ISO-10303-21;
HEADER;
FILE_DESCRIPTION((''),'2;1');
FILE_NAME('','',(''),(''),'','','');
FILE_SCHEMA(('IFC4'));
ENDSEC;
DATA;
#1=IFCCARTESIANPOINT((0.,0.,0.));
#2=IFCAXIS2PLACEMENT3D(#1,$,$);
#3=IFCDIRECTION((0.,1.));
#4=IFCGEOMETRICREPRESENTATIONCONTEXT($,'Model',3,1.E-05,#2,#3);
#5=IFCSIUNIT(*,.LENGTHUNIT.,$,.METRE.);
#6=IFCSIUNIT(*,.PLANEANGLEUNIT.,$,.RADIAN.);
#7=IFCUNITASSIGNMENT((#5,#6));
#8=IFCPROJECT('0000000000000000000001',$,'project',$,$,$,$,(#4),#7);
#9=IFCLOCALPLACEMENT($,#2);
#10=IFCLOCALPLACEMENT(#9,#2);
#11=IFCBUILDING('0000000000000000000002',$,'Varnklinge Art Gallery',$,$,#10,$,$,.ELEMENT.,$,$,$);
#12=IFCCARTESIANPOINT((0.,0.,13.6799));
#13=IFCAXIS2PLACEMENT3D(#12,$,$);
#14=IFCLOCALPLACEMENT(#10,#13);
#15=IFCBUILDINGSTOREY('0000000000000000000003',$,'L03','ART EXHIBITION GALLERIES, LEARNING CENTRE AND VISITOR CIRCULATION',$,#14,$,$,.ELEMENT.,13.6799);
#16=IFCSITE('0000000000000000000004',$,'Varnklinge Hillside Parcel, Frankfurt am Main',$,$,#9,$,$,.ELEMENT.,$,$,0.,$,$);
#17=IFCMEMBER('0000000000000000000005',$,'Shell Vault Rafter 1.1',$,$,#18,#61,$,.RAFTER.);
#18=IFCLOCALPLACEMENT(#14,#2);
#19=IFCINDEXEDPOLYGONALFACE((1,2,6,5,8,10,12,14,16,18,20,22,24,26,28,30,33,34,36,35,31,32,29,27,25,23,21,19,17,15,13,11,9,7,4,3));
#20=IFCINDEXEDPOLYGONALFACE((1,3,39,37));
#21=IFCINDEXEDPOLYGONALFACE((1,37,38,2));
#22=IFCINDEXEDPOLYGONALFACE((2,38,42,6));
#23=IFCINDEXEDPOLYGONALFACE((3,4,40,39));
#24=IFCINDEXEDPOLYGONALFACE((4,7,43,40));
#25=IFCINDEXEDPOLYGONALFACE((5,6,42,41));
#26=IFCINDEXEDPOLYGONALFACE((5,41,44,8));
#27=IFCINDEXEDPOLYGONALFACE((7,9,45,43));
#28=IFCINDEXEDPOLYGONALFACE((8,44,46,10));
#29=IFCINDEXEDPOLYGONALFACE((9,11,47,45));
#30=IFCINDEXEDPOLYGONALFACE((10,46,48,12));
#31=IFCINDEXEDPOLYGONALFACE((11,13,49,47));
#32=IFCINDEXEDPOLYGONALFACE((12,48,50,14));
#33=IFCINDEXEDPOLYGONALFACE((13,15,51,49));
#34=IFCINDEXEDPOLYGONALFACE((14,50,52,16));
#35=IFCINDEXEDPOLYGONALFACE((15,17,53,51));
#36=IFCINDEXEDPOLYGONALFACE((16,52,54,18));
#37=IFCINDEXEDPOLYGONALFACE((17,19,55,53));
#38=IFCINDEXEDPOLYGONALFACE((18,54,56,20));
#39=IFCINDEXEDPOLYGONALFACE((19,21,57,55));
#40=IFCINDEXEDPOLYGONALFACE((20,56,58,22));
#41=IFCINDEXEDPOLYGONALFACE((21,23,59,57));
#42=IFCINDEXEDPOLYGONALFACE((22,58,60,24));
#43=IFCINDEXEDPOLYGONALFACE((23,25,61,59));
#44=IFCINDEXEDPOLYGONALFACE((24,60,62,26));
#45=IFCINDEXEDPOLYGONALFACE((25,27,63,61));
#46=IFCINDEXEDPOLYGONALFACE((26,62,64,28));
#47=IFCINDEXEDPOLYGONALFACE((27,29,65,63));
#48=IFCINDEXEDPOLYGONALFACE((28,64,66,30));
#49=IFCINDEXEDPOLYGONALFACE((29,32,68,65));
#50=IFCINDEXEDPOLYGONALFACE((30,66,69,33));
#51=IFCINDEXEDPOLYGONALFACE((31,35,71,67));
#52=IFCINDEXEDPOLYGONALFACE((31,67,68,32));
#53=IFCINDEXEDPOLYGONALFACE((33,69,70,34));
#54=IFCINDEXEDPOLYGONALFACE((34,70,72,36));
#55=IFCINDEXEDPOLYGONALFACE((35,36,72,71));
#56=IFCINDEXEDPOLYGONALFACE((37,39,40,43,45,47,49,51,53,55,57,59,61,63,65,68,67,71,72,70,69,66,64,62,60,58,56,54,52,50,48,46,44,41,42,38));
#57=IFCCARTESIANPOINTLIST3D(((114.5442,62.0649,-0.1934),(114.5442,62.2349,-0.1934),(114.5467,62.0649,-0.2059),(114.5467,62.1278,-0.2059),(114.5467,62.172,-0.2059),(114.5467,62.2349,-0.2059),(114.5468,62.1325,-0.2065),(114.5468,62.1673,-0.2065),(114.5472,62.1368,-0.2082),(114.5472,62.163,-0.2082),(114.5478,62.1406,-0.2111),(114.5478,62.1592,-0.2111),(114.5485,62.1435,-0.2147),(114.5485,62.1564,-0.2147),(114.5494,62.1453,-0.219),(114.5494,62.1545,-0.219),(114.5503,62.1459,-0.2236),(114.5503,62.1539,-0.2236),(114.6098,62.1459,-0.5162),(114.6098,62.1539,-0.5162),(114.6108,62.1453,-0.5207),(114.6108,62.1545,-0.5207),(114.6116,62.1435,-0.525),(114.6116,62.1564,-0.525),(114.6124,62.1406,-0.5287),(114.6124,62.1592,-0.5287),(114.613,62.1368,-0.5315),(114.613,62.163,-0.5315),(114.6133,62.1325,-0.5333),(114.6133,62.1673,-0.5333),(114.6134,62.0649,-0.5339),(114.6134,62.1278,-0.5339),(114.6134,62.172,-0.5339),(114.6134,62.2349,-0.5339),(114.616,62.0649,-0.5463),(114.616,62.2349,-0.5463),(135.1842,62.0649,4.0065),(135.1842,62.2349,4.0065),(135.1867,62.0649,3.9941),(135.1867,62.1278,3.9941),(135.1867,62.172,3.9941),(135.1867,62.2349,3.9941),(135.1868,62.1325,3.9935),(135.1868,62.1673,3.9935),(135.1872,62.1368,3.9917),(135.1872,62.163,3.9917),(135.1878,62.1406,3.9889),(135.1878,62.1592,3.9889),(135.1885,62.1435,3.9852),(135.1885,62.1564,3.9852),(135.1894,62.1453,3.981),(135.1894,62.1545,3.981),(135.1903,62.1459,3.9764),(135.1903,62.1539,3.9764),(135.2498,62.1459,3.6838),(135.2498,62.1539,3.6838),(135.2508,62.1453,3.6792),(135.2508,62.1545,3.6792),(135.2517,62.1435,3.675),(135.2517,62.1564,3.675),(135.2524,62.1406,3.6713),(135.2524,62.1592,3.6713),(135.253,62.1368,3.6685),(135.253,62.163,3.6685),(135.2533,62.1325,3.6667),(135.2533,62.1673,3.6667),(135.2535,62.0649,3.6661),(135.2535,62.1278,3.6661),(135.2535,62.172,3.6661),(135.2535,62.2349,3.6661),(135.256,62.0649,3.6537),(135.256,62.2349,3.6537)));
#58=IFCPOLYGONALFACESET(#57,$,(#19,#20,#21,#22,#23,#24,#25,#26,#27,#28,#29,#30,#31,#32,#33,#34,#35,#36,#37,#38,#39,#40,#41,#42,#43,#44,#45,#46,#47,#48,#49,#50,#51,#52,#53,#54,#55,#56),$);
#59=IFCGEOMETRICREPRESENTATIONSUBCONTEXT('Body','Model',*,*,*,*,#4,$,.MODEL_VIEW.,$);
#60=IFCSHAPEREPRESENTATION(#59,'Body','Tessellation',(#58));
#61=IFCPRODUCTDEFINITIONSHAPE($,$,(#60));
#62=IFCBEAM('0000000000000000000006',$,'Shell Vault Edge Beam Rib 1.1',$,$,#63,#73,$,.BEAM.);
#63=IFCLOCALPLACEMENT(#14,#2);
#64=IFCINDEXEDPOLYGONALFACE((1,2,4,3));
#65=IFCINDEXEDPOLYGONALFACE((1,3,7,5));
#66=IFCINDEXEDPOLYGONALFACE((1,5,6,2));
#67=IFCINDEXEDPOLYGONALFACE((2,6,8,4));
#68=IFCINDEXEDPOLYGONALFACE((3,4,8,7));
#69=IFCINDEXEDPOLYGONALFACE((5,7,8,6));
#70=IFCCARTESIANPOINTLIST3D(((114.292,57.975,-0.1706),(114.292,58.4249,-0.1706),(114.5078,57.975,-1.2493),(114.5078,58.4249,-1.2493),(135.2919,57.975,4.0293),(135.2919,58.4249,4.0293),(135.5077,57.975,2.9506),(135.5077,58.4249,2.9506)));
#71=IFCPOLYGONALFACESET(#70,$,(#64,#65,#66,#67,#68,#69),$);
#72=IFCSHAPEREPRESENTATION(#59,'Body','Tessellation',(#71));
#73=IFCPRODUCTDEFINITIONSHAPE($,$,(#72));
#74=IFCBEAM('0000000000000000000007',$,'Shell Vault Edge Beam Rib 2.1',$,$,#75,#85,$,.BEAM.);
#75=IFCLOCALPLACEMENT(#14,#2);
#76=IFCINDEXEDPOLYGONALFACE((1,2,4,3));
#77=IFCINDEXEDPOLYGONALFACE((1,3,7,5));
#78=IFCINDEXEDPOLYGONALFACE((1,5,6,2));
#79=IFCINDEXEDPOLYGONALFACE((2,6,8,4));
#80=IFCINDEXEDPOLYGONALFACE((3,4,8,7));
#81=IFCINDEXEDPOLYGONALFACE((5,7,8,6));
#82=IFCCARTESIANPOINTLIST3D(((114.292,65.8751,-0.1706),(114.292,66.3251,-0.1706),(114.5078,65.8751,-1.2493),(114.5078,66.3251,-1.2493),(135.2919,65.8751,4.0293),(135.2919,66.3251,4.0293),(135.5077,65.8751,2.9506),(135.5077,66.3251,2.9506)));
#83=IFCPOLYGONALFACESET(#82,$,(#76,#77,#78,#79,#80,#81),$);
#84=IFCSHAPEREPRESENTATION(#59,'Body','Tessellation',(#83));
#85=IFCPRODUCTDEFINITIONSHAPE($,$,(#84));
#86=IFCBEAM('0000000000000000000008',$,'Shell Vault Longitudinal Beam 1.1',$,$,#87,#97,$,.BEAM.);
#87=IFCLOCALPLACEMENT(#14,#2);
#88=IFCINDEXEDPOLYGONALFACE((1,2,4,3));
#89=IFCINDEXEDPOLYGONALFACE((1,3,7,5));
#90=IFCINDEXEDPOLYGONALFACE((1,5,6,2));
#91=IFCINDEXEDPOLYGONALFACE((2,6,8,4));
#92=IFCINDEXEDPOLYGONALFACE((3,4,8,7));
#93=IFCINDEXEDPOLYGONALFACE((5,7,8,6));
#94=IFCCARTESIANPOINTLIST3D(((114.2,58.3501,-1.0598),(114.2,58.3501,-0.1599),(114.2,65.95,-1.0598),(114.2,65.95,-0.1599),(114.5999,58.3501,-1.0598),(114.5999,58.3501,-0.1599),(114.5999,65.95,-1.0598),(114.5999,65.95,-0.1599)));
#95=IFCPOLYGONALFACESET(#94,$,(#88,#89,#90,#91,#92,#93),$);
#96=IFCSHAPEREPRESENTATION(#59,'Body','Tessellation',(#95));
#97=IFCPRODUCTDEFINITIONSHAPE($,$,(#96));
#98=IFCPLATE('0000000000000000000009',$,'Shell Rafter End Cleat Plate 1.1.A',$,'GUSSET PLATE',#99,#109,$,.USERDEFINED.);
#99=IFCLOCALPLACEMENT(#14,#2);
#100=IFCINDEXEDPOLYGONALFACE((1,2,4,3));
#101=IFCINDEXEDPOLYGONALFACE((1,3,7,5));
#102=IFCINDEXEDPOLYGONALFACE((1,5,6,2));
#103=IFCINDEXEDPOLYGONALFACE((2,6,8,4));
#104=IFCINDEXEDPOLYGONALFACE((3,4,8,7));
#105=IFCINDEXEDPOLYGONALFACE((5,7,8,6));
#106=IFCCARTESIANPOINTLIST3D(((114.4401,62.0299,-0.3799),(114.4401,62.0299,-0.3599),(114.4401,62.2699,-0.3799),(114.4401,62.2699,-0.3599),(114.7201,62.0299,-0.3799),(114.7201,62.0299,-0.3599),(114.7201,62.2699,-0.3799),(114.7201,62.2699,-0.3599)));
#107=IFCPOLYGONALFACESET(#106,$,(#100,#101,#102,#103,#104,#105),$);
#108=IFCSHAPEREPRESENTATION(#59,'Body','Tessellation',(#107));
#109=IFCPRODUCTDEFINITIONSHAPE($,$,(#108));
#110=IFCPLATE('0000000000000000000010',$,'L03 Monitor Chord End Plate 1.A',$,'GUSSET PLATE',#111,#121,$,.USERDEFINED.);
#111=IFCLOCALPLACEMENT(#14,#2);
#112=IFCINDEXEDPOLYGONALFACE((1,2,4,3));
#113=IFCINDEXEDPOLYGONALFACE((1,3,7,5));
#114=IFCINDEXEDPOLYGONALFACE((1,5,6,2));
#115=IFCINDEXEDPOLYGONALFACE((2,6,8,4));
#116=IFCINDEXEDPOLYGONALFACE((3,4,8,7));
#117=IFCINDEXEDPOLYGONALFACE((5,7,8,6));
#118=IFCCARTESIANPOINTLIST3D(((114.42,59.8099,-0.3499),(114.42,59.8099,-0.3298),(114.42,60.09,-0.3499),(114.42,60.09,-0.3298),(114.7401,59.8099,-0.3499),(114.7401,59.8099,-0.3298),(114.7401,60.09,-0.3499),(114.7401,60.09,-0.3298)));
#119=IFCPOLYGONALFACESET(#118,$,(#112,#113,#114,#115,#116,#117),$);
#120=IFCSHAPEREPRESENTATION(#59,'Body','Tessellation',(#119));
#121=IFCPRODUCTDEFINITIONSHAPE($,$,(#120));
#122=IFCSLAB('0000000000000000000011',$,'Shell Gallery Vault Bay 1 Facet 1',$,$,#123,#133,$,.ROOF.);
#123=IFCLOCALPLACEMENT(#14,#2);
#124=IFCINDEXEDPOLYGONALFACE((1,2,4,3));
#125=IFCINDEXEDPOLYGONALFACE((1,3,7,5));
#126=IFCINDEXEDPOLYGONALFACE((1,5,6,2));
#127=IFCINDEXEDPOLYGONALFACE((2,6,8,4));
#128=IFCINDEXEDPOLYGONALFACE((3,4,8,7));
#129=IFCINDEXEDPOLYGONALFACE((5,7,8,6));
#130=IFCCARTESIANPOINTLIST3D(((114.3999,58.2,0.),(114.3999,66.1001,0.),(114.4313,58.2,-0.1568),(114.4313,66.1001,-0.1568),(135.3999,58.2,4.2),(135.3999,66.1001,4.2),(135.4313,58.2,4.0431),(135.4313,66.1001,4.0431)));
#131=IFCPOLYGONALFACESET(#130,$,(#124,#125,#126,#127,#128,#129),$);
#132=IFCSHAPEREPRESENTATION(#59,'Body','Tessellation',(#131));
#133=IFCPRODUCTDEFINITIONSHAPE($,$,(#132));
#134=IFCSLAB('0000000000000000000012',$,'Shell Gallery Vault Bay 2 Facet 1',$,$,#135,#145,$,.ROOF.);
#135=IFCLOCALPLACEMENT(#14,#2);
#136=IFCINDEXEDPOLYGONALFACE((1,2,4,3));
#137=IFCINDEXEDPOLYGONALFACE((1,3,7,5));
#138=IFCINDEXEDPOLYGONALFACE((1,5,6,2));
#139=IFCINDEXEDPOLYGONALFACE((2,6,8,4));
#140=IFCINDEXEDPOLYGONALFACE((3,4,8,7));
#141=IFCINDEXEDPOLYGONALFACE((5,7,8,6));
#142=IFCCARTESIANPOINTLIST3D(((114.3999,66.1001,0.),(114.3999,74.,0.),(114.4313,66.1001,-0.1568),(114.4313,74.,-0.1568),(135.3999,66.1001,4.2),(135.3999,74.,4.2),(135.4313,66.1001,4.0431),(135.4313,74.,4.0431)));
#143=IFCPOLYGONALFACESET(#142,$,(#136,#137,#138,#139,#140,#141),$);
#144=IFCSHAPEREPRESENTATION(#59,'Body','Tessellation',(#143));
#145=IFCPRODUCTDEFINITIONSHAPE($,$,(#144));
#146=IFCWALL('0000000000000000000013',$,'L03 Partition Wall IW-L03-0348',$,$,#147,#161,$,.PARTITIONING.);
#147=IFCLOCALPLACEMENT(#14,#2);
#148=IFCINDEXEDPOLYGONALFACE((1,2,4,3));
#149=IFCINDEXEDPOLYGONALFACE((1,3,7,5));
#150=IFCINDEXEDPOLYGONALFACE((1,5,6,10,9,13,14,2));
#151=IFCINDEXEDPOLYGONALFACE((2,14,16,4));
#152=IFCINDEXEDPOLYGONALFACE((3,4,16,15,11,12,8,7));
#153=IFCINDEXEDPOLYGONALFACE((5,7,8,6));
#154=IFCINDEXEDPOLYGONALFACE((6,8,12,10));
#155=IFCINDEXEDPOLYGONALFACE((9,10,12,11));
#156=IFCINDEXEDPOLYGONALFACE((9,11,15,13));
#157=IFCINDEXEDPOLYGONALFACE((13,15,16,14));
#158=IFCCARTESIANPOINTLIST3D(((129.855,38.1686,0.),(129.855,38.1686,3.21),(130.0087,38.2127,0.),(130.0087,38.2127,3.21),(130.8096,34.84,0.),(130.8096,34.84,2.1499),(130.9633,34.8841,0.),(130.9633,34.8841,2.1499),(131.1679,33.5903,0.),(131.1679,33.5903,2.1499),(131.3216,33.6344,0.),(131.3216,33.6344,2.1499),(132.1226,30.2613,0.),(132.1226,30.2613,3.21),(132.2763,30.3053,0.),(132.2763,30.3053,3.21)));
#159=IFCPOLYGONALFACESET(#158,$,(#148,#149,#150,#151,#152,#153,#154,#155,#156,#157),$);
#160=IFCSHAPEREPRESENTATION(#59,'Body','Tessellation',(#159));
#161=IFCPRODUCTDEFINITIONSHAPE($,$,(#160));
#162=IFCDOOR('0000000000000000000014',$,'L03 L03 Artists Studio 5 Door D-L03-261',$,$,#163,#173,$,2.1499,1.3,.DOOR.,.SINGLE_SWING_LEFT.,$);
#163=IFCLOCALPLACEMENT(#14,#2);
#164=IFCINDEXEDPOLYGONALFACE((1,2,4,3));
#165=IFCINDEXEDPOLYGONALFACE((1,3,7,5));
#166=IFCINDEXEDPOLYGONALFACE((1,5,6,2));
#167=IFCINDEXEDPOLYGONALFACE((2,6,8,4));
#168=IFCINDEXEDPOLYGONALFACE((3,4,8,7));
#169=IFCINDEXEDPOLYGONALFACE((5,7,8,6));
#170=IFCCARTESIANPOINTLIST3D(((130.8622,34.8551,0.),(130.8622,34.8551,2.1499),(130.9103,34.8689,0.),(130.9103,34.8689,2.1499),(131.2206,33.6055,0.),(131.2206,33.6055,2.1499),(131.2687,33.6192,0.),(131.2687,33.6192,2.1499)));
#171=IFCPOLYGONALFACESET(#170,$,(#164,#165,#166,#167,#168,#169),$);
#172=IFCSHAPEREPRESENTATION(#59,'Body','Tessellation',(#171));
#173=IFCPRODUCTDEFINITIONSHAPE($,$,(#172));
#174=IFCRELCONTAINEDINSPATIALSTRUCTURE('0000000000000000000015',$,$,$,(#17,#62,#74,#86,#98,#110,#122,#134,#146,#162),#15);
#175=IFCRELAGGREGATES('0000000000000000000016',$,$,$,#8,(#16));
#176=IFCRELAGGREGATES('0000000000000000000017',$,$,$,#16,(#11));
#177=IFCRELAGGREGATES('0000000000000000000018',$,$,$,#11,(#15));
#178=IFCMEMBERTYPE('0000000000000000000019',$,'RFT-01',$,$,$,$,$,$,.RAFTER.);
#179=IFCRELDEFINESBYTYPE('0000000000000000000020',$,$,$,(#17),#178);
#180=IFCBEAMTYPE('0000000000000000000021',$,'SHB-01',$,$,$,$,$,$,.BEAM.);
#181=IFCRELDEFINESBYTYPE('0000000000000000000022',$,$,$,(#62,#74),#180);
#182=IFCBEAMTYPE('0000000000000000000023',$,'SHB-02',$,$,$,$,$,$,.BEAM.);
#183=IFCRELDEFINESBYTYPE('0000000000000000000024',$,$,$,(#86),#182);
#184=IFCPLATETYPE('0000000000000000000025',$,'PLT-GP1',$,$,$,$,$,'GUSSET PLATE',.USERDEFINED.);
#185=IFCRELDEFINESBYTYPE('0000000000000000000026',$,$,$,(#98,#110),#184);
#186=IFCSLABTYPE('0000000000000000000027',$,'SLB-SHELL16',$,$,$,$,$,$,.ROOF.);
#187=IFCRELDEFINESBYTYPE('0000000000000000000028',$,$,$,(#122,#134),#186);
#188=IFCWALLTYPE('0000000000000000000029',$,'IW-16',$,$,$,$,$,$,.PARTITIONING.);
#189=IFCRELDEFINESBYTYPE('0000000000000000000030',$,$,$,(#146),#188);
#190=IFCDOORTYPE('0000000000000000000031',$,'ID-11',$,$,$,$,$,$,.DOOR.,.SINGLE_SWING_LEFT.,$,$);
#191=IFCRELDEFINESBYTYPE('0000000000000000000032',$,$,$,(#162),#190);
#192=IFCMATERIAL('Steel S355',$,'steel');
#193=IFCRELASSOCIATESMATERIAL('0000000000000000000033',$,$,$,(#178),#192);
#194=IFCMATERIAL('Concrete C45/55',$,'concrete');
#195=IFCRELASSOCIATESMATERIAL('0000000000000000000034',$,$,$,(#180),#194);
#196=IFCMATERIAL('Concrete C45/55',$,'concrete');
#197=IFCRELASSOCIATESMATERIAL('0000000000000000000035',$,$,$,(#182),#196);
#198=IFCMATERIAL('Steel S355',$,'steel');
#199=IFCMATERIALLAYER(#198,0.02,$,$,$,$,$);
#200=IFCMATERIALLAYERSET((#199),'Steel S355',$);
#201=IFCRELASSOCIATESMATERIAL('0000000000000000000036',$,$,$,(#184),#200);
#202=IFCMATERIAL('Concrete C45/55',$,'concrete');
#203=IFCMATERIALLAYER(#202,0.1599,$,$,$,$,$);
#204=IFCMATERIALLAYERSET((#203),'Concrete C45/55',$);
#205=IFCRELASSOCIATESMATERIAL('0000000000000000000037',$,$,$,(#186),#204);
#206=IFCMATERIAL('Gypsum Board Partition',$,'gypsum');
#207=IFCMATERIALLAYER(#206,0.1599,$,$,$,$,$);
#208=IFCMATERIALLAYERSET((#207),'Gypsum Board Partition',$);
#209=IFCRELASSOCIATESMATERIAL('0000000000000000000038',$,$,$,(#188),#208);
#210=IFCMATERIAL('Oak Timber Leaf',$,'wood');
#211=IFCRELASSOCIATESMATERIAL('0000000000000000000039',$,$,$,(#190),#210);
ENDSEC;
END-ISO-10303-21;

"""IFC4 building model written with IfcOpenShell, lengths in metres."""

from ifc_helpers import new_model, si_unit, direction, frame, frame_2d, origin, origin_2d, place, context, subcontext, project, spatial, polyline, rectangle, i_section, outline, extrude, material, layer, layer_set, material_profile, profile_set, type_object, element, fill, save


model = new_model("IFC4")

# Units and contexts
model_context = context("Model", 3, precision=1e-05, world=origin(), true_north=direction((0.0, 1.0)))
body_context = subcontext(model_context, "Body", "Model", "MODEL_VIEW")
ifc_project = project(units=[si_unit("LENGTHUNIT", "METRE"), si_unit("PLANEANGLEUNIT", "RADIAN")], contexts=[model_context])

# Site, building, storey
site_placement = place(None, origin())
site = spatial("IfcSite", under=ifc_project, at=site_placement, Name="Varnklinge Hillside Parcel, Frankfurt am Main", CompositionType="ELEMENT", RefElevation=0.0)
building_placement = place(site_placement, origin())
building = spatial("IfcBuilding", under=site, at=building_placement, Name="Varnklinge Art Gallery", CompositionType="ELEMENT")
storey_placement = place(building_placement, frame((0.0, 0.0, 13.6799)))
storey = spatial("IfcBuildingStorey", under=building, at=storey_placement, Name="L03", Description="ART EXHIBITION GALLERIES, LEARNING CENTRE AND VISITOR CIRCULATION", CompositionType="ELEMENT", Elevation=13.6799)

# Member
ifc_material_1 = material(Name="Steel S355", Category="steel")
ifc_material_profile_1 = material_profile(ifc_material_1, i_section(OverallWidth=0.1699, OverallDepth=0.3601, WebThickness=0.0081, FlangeThickness=0.0127, FilletRadius=0.0181, at=origin_2d()), Name="IPE 360")
ifc_profile_set_1 = profile_set([ifc_material_profile_1], Name="Steel S355")
member_type_1 = type_object("IfcMemberType", Name="RFT-01", PredefinedType="RAFTER", material=ifc_profile_set_1)
member_1_placement = place(storey_placement, frame((114.5801, 62.1499, -0.3699), z_axis=(0.979918, 0.0, 0.199401), x_axis=(0.0, 1.0, 0.0)))
element("IfcMember", 1, at=member_1_placement, inside=storey, type_object=member_type_1, Name="Shell Vault Rafter 1.1", PredefinedType="RAFTER", context=body_context, shape_type="SweptSolid", body=[
    extrude(i_section(OverallWidth=0.1699, OverallDepth=0.3601, WebThickness=0.0081, FlangeThickness=0.0127, FilletRadius=0.0181, at=origin_2d()), origin(), (0.0, 0.0, 1.0), 21.063),
])

# Beams
ifc_material_2 = material(Name="Concrete C45/55", Category="concrete")
ifc_material_profile_2 = material_profile(ifc_material_2, rectangle(XDim=0.45, YDim=1.1001, at=origin_2d()), Name="RC 450x1100")
ifc_profile_set_2 = profile_set([ifc_material_profile_2], Name="Concrete C45/55")
beam_type_1 = type_object("IfcBeamType", Name="SHB-01", PredefinedType="BEAM", material=ifc_profile_set_2)
for number, where, z_axis, x_axis, name in (
    (2, (114.3999, 58.2, -0.71), (0.980581, 0.0, 0.196114), (0.0, 1.0, 0.0), "Shell Vault Edge Beam Rib 1.1"),
    (3, (114.3999, 66.1001, -0.71), (0.980581, 0.0, 0.196114), (0.0, 1.0, 0.0), "Shell Vault Edge Beam Rib 2.1"),
):
    element("IfcBeam", number, at=place(storey_placement, frame(where, z_axis=z_axis, x_axis=x_axis)), inside=storey, type_object=beam_type_1, Name=name, PredefinedType="BEAM", context=body_context, shape_type="SweptSolid", body=[
        extrude(rectangle(XDim=0.45, YDim=1.1001, at=origin_2d()), origin(), (0.0, 0.0, 1.0), 21.4158),
    ])
ifc_material_3 = material(Name="Concrete C45/55", Category="concrete")
ifc_material_profile_3 = material_profile(ifc_material_3, rectangle(XDim=0.3999, YDim=0.8999, at=origin_2d()), Name="RC 400x900")
ifc_profile_set_3 = profile_set([ifc_material_profile_3], Name="Concrete C45/55")
beam_type_2 = type_object("IfcBeamType", Name="SHB-02", PredefinedType="BEAM", material=ifc_profile_set_3)
beam_1_placement = place(storey_placement, frame((114.3999, 58.3501, -0.6099), z_axis=(0.0, 1.0, 0.0), x_axis=(-1.0, 0.0, 0.0)))
element("IfcBeam", 4, at=beam_1_placement, inside=storey, type_object=beam_type_2, Name="Shell Vault Longitudinal Beam 1.1", PredefinedType="BEAM", context=body_context, shape_type="SweptSolid", body=[
    extrude(rectangle(XDim=0.3999, YDim=0.8999, at=origin_2d()), origin(), (0.0, 0.0, 1.0), 7.5999),
])

# Plates
ifc_material_4 = material(Name="Steel S355", Category="steel")
ifc_layer_1 = layer(ifc_material_4, 0.02)
ifc_layer_set_1 = layer_set([ifc_layer_1], Name="Steel S355")
plate_type = type_object("IfcPlateType", Name="PLT-GP1", ElementType="GUSSET PLATE", PredefinedType="USERDEFINED", material=ifc_layer_set_1)
plate_1_placement = place(storey_placement, frame((114.5801, 62.1499, -0.3799), z_axis=(0.0, 0.0, 1.0), x_axis=(1.0, 0.0, 0.0)))
element("IfcPlate", 5, at=plate_1_placement, inside=storey, type_object=plate_type, Name="Shell Rafter End Cleat Plate 1.1.A", ObjectType="GUSSET PLATE", PredefinedType="USERDEFINED", context=body_context, shape_type="SweptSolid", body=[
    extrude(rectangle(XDim=0.28, YDim=0.24, at=origin_2d()), origin(), (0.0, 0.0, 1.0), 0.02),
])
plate_2_placement = place(storey_placement, frame((114.5801, 59.95, -0.3499), z_axis=(0.0, 0.0, 1.0), x_axis=(1.0, 0.0, 0.0)))
element("IfcPlate", 6, at=plate_2_placement, inside=storey, type_object=plate_type, Name="L03 Monitor Chord End Plate 1.A", ObjectType="GUSSET PLATE", PredefinedType="USERDEFINED", context=body_context, shape_type="SweptSolid", body=[
    extrude(rectangle(XDim=0.3201, YDim=0.28, at=origin_2d()), origin(), (0.0, 0.0, 1.0), 0.02),
])

# Slabs
ifc_material_5 = material(Name="Concrete C45/55", Category="concrete")
ifc_layer_2 = layer(ifc_material_5, 0.1599)
ifc_layer_set_2 = layer_set([ifc_layer_2], Name="Concrete C45/55")
slab_type = type_object("IfcSlabType", Name="SLB-SHELL16", PredefinedType="ROOF", material=ifc_layer_set_2)
slab_1_placement = place(storey_placement, frame((114.3999, 58.2, 0.0), z_axis=(-0.196114, 0.0, 0.980581), x_axis=(0.980581, 0.0, 0.196114)))
element("IfcSlab", 7, at=slab_1_placement, inside=storey, type_object=slab_type, Name="Shell Gallery Vault Bay 1 Facet 1", PredefinedType="ROOF", context=body_context, shape_type="SweptSolid", body=[
    extrude(outline(polyline([(0.0, 0.0), (21.4159, 0.0), (21.4159, 7.9001), (0.0, 7.9001), (0.0, 0.0)])), origin(), (0.0, 0.0, -1.0), 0.1599),
])
slab_2_placement = place(storey_placement, frame((114.3999, 66.1001, 0.0), z_axis=(-0.196114, 0.0, 0.980581), x_axis=(0.980581, 0.0, 0.196114)))
element("IfcSlab", 8, at=slab_2_placement, inside=storey, type_object=slab_type, Name="Shell Gallery Vault Bay 2 Facet 1", PredefinedType="ROOF", context=body_context, shape_type="SweptSolid", body=[
    extrude(outline(polyline([(0.0, 0.0), (21.4159, 0.0), (21.4159, 7.8999), (0.0, 7.8999), (0.0, 0.0)])), origin(), (0.0, 0.0, -1.0), 0.1599),
])

# Wall, opening, door
ifc_material_6 = material(Name="Gypsum Board Partition", Category="gypsum")
ifc_layer_3 = layer(ifc_material_6, 0.1599)
ifc_layer_set_3 = layer_set([ifc_layer_3], Name="Gypsum Board Partition")
wall_type_1 = type_object("IfcWallType", Name="IW-16", PredefinedType="PARTITIONING", material=ifc_layer_set_3)
wall_1_placement = place(storey_placement, frame((129.9319, 38.1907, 0.0), z_axis=(0.0, 0.0, 1.0), x_axis=(0.275654, -0.961257, 0.0)))
wall_1 = element("IfcWall", 9, at=wall_1_placement, inside=storey, type_object=wall_type_1, Name="L03 Partition Wall IW-L03-0348", PredefinedType="PARTITIONING", context=body_context, shape_type="SweptSolid", body=[
    extrude(rectangle(XDim=8.2261, YDim=0.1599, at=frame_2d((4.113, 0.0))), origin(), (0.0, 0.0, 1.0), 3.21),
])
opening_placement = place(wall_1_placement, frame((3.4629, 0.0, 0.0)))
opening = element("IfcOpeningElement", 10, at=opening_placement, cuts=wall_1, PredefinedType="OPENING", context=body_context, shape_type="SweptSolid", body=[
    extrude(rectangle(XDim=1.3, YDim=2.1499, at=frame_2d((0.6499, 1.075))), frame((0.0, 0.0901, 0.0), z_axis=(0.0, -1.0, 0.0), x_axis=(1.0, 0.0, 0.0)), (0.0, 0.0, 1.0), 0.1799),
])
ifc_material_7 = material(Name="Oak Timber Leaf", Category="wood")
door_type = type_object("IfcDoorType", Name="ID-11", OperationType="SINGLE_SWING_LEFT", PredefinedType="DOOR", material=ifc_material_7)
door_placement = place(opening_placement, origin())
door = element("IfcDoor", 11, at=door_placement, inside=storey, type_object=door_type, Name="L03 L03 Artists Studio 5 Door D-L03-261", OperationType="SINGLE_SWING_LEFT", OverallHeight=2.1499, OverallWidth=1.3, PredefinedType="DOOR", context=body_context, shape_type="SweptSolid", body=[
    extrude(rectangle(XDim=1.3, YDim=2.1499, at=frame_2d((0.6499, 1.075))), frame((0.0, 0.0249, 0.0), z_axis=(0.0, -1.0, 0.0), x_axis=(1.0, 0.0, 0.0)), (0.0, 0.0, 1.0), 0.05),
])
fill(opening, door)

save(model, "model.ifc")
